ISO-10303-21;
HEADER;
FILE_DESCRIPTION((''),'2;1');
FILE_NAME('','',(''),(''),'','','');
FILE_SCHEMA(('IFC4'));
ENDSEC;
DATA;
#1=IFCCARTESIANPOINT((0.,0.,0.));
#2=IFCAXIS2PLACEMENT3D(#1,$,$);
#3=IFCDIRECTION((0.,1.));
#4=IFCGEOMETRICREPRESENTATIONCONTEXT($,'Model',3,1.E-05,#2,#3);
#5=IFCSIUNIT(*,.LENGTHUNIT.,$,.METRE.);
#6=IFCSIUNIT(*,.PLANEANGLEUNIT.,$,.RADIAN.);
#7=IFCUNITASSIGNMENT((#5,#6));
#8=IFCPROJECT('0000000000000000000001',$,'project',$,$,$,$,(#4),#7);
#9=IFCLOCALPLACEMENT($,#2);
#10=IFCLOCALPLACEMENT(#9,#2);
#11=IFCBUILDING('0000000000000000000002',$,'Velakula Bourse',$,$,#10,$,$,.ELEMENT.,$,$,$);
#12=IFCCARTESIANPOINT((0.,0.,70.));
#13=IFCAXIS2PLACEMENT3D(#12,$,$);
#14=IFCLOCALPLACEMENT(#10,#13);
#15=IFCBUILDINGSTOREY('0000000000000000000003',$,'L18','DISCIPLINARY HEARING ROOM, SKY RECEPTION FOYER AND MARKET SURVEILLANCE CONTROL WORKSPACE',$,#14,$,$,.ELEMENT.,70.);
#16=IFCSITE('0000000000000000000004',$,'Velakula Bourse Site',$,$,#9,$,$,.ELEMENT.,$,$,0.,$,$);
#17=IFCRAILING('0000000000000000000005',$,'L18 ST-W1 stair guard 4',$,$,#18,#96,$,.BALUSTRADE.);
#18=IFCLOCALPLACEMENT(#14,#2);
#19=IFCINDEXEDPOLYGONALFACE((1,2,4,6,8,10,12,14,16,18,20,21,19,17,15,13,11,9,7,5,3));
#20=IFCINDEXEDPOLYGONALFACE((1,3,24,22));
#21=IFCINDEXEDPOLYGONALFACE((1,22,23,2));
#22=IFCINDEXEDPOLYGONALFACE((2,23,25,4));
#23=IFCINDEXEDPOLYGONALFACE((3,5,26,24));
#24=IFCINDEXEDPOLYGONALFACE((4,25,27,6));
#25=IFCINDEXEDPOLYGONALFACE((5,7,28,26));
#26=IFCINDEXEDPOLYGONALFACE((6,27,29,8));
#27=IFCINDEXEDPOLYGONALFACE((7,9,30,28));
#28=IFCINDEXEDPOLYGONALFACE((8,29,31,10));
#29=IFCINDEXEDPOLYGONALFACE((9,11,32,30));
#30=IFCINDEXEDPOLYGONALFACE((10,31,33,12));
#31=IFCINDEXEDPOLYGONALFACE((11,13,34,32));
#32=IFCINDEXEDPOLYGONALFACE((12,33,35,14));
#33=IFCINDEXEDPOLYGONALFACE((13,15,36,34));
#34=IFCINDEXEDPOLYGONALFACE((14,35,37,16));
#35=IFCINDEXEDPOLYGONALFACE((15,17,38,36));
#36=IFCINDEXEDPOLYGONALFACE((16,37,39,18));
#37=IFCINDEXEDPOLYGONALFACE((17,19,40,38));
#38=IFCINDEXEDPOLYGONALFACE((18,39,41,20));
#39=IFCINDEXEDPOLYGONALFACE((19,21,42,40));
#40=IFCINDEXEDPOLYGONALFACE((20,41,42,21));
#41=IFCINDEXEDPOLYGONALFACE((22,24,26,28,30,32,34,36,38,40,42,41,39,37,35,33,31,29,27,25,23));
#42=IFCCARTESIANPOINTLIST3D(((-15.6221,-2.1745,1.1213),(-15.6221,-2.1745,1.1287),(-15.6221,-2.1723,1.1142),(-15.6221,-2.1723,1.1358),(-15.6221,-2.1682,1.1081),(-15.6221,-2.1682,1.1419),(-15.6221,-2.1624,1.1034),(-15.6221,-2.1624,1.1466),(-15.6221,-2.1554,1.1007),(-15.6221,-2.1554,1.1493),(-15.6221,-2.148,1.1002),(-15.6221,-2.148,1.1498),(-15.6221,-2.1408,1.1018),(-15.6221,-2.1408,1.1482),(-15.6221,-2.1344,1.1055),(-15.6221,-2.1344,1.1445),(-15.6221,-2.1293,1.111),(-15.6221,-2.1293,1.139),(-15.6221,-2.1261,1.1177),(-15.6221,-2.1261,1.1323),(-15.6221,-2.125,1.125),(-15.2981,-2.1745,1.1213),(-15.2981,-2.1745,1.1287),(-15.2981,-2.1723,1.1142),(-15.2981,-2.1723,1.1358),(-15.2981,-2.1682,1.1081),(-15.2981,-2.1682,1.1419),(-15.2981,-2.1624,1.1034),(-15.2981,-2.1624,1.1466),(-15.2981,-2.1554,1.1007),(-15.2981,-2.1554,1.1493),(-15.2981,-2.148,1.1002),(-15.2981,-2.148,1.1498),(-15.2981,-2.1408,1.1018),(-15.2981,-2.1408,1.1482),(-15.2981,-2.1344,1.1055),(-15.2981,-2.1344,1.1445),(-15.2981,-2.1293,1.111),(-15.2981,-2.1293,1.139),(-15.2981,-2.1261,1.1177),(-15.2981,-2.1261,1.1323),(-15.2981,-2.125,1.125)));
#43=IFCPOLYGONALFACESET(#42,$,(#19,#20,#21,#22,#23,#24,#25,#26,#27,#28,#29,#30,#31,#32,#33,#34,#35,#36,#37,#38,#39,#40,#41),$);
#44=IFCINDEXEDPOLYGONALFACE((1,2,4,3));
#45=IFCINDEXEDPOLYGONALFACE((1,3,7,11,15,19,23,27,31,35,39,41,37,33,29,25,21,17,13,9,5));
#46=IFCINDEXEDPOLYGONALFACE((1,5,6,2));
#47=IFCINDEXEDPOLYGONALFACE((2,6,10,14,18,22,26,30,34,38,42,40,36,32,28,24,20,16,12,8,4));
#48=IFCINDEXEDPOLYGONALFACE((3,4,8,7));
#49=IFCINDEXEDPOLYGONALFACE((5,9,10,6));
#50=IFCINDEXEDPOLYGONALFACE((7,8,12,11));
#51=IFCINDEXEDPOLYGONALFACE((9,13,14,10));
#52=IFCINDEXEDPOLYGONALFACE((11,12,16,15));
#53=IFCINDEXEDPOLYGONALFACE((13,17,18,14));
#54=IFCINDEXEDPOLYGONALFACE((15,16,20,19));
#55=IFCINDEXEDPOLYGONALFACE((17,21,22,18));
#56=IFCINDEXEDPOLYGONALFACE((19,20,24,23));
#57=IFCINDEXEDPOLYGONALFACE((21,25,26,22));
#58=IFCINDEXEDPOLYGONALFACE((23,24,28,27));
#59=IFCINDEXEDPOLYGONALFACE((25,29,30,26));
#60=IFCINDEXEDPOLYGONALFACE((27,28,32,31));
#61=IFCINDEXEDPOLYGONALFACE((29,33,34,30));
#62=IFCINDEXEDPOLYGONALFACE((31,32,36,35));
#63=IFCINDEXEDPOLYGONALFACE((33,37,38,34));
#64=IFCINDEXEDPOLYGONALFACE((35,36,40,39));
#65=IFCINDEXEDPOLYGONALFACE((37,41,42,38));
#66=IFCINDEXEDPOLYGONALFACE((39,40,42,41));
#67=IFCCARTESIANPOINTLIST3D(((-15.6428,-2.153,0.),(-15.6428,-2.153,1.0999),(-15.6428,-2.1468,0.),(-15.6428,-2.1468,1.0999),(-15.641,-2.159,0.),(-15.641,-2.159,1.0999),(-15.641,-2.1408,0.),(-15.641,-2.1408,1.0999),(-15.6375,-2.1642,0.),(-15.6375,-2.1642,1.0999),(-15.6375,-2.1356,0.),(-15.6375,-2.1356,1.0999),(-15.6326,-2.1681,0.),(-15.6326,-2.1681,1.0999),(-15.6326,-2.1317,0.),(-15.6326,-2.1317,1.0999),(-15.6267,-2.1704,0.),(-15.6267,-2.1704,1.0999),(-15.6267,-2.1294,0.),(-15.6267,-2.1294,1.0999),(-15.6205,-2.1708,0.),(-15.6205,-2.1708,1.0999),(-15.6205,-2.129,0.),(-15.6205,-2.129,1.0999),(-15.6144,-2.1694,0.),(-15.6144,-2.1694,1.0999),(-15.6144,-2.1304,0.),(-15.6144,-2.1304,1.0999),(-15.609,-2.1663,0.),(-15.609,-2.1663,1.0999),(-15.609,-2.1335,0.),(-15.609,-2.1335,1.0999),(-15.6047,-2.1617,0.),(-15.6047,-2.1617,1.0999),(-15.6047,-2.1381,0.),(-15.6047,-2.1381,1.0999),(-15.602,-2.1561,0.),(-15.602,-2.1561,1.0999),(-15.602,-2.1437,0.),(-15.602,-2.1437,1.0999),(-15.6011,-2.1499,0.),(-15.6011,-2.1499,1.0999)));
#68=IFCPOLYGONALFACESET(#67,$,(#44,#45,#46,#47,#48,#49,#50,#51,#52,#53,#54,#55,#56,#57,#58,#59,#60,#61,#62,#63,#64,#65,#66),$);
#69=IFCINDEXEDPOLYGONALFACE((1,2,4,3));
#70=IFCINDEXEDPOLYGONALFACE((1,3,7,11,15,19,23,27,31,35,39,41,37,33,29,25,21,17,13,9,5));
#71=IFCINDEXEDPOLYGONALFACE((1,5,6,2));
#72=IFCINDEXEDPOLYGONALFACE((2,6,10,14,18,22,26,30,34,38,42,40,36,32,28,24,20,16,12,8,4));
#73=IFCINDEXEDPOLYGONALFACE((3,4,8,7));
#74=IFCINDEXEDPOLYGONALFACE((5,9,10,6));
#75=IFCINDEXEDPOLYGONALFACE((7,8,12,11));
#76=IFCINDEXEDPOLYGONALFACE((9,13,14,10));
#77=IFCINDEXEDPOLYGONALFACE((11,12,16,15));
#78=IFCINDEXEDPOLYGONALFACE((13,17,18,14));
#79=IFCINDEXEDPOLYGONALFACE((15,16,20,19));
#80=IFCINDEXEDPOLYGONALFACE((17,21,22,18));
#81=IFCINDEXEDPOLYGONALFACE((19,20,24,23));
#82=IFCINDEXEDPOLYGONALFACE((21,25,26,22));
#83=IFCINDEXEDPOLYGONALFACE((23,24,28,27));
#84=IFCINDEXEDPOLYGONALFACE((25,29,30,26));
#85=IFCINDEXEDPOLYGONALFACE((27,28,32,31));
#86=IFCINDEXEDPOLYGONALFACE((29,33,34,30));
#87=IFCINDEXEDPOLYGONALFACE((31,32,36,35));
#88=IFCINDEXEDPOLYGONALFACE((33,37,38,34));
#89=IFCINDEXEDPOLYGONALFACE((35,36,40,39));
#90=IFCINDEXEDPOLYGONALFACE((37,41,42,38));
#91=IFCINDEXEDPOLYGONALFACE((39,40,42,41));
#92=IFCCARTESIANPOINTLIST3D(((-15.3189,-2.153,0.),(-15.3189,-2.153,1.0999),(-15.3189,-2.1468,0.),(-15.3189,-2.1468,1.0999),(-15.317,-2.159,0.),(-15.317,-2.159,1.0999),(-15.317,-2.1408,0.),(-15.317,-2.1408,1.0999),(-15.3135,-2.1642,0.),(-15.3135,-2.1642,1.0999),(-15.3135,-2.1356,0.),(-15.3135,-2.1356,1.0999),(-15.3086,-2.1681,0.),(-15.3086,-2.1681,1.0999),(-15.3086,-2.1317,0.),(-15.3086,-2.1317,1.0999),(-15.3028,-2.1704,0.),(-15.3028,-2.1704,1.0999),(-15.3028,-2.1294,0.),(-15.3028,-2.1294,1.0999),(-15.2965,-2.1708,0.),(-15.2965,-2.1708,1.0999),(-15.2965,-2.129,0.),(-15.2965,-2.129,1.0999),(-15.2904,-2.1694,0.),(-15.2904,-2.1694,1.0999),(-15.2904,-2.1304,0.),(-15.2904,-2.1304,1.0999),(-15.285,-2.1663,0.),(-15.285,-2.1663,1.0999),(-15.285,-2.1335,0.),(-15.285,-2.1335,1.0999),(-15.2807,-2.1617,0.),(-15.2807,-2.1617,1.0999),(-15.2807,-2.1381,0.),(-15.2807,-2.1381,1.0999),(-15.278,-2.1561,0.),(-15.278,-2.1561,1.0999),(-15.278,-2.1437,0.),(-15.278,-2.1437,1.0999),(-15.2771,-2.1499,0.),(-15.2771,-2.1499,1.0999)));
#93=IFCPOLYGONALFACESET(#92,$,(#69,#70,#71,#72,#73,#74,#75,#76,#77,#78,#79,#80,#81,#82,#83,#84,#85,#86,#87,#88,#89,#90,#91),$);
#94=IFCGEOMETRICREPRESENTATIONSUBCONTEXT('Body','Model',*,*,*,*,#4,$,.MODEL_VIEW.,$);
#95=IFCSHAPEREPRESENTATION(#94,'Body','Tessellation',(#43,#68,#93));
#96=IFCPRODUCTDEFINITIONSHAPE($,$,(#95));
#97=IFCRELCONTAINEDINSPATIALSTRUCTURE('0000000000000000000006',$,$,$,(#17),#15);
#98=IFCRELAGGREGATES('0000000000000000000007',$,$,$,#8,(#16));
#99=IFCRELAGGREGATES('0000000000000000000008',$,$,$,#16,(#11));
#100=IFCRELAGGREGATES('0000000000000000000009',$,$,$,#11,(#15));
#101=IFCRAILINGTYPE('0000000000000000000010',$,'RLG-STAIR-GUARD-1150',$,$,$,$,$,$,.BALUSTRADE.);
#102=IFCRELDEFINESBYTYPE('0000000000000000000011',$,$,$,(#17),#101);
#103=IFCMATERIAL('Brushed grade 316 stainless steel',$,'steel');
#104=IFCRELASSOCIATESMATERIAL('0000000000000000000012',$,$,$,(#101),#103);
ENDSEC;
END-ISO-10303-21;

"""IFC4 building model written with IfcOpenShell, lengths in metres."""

from ifc_helpers import new_model, si_unit, direction, frame, origin, origin_2d, place, context, subcontext, project, spatial, circle, extrude, material, type_object, element, save


model = new_model("IFC4")

# Units and contexts
model_context = context("Model", 3, precision=1e-05, world=origin(), true_north=direction((0.0, 1.0)))
body_context = subcontext(model_context, "Body", "Model", "MODEL_VIEW")
ifc_project = project(units=[si_unit("LENGTHUNIT", "METRE"), si_unit("PLANEANGLEUNIT", "RADIAN")], contexts=[model_context])

# Site, building, storey
site_placement = place(None, origin())
site = spatial("IfcSite", under=ifc_project, at=site_placement, Name="Velakula Bourse Site", CompositionType="ELEMENT", RefElevation=0.0)
building_placement = place(site_placement, origin())
building = spatial("IfcBuilding", under=site, at=building_placement, Name="Velakula Bourse", CompositionType="ELEMENT")
storey_placement = place(building_placement, frame((0.0, 0.0, 70.0)))
storey = spatial("IfcBuildingStorey", under=building, at=storey_placement, Name="L18", Description="DISCIPLINARY HEARING ROOM, SKY RECEPTION FOYER AND MARKET SURVEILLANCE CONTROL WORKSPACE", CompositionType="ELEMENT", Elevation=70.0)

# Railing
ifc_material_1 = material(Name="Brushed grade 316 stainless steel", Category="steel")
railing_type_1 = type_object("IfcRailingType", Name="RLG-STAIR-GUARD-1150", PredefinedType="BALUSTRADE", material=ifc_material_1)
railing_1_placement = place(storey_placement, frame((-15.6221, -2.1499, 0.0)))
element("IfcRailing", 1, at=railing_1_placement, inside=storey, type_object=railing_type_1, Name="L18 ST-W1 stair guard 4", PredefinedType="BALUSTRADE", context=body_context, shape_type="SweptSolid", body=[
    extrude(circle(Radius=0.0249, at=origin_2d()), frame((0.0, 0.0, 1.125), z_axis=(1.0, 0.0, 0.0), x_axis=(0.0, 1.0, 0.0)), (0.0, 0.0, 1.0), 0.324),
    extrude(circle(Radius=0.021, at=origin_2d()), origin(), (0.0, 0.0, 1.0), 1.0999),
    extrude(circle(Radius=0.021, at=origin_2d()), frame((0.324, 0.0, 0.0)), (0.0, 0.0, 1.0), 1.0999),
])

save(model, "model.ifc")
